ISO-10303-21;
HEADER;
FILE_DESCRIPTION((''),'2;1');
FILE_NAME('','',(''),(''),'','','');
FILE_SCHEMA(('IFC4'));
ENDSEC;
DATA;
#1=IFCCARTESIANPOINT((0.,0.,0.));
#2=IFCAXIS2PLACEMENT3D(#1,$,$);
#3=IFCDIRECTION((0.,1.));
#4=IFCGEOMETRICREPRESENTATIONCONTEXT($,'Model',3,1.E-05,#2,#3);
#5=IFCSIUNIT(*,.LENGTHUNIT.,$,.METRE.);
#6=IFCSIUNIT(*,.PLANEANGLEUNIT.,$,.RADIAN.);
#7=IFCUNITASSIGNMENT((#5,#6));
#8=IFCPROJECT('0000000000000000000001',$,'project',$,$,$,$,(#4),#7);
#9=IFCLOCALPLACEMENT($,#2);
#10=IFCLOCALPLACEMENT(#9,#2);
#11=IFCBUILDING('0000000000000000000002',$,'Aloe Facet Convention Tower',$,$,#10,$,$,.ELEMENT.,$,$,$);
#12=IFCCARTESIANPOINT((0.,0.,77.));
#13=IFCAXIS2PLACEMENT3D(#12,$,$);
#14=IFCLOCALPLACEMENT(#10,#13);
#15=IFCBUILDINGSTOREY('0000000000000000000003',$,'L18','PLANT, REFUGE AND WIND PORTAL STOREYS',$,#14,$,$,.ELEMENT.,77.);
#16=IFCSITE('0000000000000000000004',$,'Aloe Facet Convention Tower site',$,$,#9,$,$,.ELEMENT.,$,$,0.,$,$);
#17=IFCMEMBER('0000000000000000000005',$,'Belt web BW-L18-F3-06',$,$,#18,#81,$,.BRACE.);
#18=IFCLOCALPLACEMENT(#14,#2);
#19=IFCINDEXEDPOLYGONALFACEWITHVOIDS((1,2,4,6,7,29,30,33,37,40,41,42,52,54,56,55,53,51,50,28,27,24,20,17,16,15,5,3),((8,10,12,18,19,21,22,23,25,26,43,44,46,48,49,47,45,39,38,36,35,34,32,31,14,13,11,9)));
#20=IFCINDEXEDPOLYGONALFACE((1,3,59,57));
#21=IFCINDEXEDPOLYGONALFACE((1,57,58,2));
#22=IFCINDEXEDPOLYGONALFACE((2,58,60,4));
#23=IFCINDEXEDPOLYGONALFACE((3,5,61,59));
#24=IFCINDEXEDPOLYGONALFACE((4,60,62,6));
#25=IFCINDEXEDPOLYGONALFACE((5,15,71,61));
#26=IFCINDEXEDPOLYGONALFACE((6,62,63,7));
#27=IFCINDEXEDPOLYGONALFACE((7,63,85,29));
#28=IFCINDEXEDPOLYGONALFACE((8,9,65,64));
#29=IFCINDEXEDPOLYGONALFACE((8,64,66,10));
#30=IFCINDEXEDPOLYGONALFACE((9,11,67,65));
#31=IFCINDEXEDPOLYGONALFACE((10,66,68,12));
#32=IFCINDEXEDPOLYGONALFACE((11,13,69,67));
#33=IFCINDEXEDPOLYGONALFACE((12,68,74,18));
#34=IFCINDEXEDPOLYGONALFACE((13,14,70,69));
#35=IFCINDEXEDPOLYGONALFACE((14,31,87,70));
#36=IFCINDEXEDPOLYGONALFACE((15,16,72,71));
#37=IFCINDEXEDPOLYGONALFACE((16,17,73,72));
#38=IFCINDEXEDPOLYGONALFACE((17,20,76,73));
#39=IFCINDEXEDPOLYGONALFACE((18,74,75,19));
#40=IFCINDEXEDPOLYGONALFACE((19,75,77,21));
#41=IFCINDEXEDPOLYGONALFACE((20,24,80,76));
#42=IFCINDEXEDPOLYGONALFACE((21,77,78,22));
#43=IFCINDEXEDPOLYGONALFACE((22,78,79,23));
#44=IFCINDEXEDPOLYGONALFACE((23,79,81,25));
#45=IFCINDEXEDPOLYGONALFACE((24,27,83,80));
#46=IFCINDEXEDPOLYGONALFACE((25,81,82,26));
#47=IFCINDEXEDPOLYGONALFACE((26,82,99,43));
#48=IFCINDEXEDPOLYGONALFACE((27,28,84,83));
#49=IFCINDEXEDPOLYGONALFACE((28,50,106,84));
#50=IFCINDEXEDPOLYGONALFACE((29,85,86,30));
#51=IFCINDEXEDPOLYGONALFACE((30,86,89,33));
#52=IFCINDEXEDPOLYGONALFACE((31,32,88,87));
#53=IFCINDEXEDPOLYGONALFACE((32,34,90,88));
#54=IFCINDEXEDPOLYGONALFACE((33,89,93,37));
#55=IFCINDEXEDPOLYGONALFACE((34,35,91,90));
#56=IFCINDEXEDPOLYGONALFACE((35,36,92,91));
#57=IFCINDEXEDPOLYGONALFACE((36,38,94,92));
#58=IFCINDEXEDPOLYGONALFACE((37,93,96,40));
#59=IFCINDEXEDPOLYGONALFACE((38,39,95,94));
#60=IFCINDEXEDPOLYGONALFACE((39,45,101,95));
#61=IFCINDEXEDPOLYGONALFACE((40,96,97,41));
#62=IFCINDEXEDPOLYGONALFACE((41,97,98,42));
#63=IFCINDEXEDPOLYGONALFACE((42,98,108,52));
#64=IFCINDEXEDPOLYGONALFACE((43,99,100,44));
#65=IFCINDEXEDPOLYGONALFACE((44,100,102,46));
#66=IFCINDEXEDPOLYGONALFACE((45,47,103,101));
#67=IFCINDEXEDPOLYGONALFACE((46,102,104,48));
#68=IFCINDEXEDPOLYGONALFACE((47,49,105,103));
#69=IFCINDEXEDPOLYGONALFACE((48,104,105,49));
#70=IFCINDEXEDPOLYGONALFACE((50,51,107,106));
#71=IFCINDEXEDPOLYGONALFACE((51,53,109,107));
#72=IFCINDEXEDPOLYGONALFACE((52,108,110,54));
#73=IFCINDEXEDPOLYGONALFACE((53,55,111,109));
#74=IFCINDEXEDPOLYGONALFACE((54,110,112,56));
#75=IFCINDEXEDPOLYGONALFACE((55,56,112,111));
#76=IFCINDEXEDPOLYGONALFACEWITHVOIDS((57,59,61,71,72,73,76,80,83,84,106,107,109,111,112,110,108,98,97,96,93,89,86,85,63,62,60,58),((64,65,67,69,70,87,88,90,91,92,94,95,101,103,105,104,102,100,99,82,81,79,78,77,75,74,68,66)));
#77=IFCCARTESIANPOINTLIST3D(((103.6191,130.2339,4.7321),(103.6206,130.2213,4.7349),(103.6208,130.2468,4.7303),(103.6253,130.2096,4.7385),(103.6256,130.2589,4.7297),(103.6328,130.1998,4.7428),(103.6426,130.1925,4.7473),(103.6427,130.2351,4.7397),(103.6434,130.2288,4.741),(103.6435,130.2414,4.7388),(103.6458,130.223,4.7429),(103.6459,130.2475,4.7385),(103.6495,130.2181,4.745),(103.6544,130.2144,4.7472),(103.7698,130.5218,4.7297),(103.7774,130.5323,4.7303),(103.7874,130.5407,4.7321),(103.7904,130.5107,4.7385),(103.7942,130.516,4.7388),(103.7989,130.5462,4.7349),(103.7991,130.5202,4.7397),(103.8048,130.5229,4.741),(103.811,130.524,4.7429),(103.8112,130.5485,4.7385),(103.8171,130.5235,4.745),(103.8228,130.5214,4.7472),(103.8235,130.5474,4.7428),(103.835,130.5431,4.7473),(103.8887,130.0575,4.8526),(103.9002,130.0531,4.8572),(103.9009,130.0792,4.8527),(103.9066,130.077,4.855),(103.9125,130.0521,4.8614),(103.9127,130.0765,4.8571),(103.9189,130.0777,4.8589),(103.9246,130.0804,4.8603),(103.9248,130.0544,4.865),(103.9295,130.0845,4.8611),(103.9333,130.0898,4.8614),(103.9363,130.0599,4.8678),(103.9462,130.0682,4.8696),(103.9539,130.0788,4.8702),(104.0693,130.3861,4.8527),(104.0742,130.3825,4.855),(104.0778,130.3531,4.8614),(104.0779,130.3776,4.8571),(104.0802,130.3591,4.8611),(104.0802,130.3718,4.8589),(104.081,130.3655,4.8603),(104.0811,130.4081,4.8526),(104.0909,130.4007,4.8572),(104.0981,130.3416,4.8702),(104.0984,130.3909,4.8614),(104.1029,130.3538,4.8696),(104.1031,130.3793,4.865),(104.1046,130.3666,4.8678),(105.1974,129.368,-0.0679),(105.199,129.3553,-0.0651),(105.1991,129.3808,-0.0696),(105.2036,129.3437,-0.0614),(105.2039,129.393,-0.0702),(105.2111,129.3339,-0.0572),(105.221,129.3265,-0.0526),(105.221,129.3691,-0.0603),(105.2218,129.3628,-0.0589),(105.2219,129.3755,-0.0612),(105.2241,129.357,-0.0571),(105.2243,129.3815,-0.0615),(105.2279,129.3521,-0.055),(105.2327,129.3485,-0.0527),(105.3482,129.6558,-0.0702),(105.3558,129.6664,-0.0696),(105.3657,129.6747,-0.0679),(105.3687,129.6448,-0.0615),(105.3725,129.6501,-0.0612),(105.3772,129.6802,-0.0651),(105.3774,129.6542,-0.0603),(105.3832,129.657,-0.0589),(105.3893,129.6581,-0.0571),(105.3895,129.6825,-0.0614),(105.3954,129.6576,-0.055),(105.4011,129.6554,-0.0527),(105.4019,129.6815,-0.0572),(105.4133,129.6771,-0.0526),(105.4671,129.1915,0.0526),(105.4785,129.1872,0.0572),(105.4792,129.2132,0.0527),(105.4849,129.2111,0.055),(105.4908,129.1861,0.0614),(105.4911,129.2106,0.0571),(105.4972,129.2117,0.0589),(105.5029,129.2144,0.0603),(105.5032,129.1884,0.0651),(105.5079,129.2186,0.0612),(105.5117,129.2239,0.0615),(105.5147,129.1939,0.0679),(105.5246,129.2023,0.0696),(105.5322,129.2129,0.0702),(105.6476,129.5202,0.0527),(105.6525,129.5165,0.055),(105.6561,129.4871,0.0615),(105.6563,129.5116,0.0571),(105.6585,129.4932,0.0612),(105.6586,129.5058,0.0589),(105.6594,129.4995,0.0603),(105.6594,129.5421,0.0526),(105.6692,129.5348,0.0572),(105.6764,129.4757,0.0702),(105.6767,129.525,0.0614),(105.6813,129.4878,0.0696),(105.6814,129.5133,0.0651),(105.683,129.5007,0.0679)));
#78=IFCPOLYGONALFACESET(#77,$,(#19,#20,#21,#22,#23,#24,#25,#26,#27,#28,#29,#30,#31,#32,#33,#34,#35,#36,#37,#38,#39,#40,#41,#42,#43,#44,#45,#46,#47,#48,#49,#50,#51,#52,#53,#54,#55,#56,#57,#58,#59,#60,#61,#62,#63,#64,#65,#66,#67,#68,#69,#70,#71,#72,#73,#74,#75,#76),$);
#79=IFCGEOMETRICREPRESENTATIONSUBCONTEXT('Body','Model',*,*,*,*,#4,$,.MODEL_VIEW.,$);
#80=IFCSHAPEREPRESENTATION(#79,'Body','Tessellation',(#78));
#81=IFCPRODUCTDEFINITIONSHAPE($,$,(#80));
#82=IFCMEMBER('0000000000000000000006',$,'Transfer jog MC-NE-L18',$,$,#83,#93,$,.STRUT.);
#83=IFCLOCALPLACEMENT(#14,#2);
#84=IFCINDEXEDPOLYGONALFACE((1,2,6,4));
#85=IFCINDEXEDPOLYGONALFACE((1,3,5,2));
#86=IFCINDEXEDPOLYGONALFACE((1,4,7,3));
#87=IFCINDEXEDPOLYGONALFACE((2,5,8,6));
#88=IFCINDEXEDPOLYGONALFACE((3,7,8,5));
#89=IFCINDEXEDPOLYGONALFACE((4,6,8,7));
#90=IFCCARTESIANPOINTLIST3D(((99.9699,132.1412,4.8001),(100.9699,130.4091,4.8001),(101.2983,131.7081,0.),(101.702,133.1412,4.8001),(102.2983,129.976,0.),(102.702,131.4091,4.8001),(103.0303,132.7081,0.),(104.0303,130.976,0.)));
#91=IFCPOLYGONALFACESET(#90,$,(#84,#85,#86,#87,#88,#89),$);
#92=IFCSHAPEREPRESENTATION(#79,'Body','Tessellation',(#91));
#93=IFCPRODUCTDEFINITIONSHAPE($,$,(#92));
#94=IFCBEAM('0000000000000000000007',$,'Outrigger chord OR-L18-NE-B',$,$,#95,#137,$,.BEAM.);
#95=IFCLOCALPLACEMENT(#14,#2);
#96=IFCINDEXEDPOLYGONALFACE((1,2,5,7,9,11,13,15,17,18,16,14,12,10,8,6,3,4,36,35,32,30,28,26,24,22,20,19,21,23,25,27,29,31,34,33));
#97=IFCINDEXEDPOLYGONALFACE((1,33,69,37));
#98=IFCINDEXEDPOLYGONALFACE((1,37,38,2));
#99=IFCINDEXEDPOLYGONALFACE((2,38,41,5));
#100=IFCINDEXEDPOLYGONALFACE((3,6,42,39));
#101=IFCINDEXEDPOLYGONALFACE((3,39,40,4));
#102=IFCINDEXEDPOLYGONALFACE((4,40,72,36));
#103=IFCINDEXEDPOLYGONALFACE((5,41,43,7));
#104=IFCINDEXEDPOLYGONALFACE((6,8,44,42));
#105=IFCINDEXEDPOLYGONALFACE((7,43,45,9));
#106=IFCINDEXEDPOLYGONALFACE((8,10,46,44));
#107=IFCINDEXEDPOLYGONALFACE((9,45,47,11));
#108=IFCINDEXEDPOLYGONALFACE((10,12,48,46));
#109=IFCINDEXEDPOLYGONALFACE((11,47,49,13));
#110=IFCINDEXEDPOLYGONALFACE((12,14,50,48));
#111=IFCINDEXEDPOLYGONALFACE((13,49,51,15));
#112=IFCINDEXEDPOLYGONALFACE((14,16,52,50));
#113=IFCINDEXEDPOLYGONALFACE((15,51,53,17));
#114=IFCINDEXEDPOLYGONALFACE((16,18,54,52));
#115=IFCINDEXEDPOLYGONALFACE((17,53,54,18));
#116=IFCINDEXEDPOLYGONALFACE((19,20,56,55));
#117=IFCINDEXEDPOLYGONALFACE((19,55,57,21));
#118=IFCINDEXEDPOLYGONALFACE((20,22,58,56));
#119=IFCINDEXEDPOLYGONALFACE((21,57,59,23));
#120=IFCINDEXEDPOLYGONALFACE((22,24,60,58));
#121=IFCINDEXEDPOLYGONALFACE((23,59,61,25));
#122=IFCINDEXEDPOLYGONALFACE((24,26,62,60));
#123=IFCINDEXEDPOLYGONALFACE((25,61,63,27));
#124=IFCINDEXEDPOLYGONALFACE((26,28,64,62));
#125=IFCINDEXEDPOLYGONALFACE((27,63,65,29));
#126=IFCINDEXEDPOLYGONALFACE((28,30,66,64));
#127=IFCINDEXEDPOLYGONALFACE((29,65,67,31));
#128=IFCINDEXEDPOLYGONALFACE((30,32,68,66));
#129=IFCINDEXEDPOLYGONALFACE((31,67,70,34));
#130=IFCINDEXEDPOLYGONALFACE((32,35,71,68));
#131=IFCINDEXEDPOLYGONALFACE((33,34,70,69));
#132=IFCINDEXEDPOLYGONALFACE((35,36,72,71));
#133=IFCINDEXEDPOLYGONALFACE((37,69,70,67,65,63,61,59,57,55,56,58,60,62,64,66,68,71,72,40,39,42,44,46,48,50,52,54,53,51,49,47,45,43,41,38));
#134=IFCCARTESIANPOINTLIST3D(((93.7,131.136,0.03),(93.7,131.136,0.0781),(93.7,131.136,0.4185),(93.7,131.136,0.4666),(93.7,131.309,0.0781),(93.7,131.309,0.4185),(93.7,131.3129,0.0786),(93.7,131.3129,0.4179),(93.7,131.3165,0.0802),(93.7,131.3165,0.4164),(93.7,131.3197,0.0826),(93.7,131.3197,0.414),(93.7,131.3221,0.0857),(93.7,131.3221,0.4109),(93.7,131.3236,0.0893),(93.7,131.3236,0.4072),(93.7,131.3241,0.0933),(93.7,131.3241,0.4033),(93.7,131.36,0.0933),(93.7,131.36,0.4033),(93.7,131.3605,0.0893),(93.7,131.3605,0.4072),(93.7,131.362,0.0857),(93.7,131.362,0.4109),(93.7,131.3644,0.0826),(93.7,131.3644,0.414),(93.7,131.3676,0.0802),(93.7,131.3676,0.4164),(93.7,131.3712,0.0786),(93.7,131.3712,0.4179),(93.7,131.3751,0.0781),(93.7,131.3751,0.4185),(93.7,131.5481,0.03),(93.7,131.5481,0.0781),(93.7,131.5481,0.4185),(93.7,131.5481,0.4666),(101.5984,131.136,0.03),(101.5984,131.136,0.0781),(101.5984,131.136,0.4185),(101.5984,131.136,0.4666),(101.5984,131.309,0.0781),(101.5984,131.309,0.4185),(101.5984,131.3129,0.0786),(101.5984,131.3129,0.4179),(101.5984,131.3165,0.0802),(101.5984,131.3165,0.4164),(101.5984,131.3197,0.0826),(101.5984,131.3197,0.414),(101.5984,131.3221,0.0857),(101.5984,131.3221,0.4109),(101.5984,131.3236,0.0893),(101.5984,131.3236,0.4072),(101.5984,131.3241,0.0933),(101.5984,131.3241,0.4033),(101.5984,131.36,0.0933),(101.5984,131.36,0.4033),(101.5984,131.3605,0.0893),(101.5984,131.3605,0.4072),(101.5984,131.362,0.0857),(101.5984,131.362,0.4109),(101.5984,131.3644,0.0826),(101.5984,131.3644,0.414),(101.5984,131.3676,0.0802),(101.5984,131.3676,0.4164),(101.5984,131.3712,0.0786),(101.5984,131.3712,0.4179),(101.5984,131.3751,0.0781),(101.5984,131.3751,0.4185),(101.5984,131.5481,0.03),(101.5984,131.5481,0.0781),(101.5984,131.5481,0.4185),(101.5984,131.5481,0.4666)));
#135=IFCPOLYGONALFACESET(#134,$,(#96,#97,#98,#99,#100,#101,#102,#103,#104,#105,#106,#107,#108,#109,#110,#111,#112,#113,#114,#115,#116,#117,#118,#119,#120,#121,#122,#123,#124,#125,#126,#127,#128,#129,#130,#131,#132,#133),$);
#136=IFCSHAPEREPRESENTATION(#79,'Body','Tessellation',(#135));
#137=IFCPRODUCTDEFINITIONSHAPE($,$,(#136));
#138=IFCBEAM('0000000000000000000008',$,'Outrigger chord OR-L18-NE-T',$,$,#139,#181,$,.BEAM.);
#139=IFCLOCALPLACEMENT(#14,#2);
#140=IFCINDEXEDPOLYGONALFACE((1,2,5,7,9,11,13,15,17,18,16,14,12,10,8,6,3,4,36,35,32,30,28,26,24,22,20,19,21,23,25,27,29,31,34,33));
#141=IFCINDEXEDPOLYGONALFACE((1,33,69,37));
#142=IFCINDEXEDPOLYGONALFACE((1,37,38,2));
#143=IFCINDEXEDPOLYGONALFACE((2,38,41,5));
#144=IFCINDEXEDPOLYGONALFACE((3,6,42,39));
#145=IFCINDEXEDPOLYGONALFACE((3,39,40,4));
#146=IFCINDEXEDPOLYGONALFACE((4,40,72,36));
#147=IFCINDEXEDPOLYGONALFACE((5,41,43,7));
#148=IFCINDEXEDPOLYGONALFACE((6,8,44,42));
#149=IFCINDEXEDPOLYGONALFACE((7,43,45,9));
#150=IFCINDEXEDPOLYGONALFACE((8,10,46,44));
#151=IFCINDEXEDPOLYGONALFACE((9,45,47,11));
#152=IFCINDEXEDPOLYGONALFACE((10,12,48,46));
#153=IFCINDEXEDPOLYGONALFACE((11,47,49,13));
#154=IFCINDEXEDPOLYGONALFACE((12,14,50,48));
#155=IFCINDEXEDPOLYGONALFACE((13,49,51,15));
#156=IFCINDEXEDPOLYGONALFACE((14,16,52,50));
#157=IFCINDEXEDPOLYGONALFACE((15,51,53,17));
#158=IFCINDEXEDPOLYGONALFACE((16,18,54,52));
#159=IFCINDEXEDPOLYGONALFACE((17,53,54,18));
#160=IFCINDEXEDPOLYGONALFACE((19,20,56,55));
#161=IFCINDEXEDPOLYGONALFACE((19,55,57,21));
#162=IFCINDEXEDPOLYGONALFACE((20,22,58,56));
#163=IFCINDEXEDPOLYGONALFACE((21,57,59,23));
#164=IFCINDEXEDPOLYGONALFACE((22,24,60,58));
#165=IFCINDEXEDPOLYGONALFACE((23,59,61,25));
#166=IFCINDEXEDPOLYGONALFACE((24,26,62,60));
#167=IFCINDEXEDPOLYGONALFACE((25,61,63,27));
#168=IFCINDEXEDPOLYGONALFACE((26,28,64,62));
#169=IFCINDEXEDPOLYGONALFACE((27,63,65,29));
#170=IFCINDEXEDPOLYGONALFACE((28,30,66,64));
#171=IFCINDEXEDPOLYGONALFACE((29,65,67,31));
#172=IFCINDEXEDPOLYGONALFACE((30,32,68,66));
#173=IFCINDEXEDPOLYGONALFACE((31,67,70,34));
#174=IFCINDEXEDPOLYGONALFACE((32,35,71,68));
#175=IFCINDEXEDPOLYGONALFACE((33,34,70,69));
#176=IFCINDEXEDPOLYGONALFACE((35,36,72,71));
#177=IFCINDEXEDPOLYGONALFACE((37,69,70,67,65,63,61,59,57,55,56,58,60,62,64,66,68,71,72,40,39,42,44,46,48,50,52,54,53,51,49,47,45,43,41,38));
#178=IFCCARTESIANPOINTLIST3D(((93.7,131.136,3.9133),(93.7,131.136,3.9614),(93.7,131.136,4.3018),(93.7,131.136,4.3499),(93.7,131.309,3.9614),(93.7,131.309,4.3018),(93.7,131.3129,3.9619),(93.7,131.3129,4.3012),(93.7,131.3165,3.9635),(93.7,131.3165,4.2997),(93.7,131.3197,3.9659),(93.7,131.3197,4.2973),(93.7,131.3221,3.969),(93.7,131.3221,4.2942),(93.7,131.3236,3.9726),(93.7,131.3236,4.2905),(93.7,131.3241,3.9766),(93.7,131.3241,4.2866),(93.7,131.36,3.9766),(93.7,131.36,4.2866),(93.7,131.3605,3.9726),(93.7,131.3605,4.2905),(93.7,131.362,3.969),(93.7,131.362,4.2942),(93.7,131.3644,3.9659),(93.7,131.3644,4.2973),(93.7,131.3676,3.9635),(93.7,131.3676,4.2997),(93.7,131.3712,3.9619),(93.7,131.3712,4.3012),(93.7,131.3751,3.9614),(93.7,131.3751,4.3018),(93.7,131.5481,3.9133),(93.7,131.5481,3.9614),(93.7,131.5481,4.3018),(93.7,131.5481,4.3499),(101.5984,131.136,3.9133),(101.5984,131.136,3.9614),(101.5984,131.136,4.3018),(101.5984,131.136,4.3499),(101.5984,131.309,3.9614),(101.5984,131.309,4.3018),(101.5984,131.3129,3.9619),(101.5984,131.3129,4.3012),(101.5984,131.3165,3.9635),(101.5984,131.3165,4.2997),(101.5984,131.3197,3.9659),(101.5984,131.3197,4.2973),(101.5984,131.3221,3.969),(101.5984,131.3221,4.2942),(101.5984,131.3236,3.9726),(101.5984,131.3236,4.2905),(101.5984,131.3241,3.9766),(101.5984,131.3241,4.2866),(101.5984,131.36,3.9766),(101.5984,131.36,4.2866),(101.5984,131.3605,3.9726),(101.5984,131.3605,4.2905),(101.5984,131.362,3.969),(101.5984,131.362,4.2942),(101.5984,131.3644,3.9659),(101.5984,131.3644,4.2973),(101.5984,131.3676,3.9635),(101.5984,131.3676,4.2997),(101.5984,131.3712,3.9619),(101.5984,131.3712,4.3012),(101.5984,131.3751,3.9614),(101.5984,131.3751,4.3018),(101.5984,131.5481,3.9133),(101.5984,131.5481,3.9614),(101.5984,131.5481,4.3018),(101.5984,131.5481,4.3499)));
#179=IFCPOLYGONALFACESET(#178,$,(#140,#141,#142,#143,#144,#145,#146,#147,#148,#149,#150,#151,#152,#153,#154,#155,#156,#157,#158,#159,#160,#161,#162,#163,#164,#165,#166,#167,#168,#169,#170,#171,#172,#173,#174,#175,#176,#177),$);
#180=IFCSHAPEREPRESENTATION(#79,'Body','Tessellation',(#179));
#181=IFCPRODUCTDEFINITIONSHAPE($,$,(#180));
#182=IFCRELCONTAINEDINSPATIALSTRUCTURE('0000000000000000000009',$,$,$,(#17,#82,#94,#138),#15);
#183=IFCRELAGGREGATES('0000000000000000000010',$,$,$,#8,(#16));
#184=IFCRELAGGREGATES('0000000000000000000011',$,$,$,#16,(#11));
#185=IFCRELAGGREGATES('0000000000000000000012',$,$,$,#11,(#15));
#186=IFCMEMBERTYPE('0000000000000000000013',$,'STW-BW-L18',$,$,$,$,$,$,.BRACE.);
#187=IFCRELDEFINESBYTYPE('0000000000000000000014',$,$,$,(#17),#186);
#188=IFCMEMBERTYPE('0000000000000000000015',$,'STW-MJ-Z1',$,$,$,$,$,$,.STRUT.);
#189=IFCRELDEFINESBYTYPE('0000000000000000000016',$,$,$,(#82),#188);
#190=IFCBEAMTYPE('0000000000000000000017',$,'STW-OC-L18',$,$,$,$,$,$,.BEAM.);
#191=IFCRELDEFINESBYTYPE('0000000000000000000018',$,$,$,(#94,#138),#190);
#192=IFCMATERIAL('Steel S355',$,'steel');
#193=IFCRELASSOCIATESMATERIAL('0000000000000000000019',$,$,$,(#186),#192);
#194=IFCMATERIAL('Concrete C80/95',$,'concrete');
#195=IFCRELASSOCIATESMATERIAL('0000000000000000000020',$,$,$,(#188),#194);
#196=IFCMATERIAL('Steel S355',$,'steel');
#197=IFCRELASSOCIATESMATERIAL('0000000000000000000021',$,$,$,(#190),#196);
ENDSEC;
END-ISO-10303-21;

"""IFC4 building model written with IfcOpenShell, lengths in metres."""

from ifc_helpers import new_model, si_unit, direction, frame, origin, origin_2d, place, context, subcontext, project, spatial, rectangle, hollow_rectangle, i_section, extrude, material, material_profile, profile_set, type_object, element, save


model = new_model("IFC4")

# Units and contexts
model_context = context("Model", 3, precision=1e-05, world=origin(), true_north=direction((0.0, 1.0)))
body_context = subcontext(model_context, "Body", "Model", "MODEL_VIEW")
ifc_project = project(units=[si_unit("LENGTHUNIT", "METRE"), si_unit("PLANEANGLEUNIT", "RADIAN")], contexts=[model_context])

# Site, building, storey
site_placement = place(None, origin())
site = spatial("IfcSite", under=ifc_project, at=site_placement, Name="Aloe Facet Convention Tower site", CompositionType="ELEMENT", RefElevation=0.0)
building_placement = place(site_placement, origin())
building = spatial("IfcBuilding", under=site, at=building_placement, Name="Aloe Facet Convention Tower", CompositionType="ELEMENT")
storey_placement = place(building_placement, frame((0.0, 0.0, 77.0)))
storey = spatial("IfcBuildingStorey", under=building, at=storey_placement, Name="L18", Description="PLANT, REFUGE AND WIND PORTAL STOREYS", CompositionType="ELEMENT", Elevation=77.0)

# Members
ifc_material_1 = material(Name="Steel S355", Category="steel")
ifc_material_profile_1 = material_profile(ifc_material_1, hollow_rectangle(XDim=0.3999, YDim=0.3999, WallThickness=0.0249, InnerFilletRadius=0.0249, OuterFilletRadius=0.05, at=origin_2d()), Name="SHS 400x400x25")
ifc_profile_set_1 = profile_set([ifc_material_profile_1], Name="Steel S355")
member_type_1 = type_object("IfcMemberType", Name="STW-BW-L18", PredefinedType="BRACE", material=ifc_profile_set_1)
member_1_placement = place(storey_placement, frame((105.4402, 129.4343, 0.0), z_axis=(-0.307881, 0.168918, 0.93631), x_axis=(-0.481007, -0.876716, 0.0)))
element("IfcMember", 1, at=member_1_placement, inside=storey, type_object=member_type_1, Name="Belt web BW-L18-F3-06", PredefinedType="BRACE", context=body_context, shape_type="SweptSolid", body=[
    extrude(hollow_rectangle(XDim=0.3999, YDim=0.3999, WallThickness=0.0249, InnerFilletRadius=0.0249, OuterFilletRadius=0.05, at=origin_2d()), origin(), (0.0, 0.0, 1.0), 5.1265),
])
ifc_material_2 = material(Name="Concrete C80/95", Category="concrete")
ifc_material_profile_2 = material_profile(ifc_material_2, rectangle(XDim=2.0, YDim=2.0, at=origin_2d()), Name="STW-MJ-Z1")
ifc_profile_set_2 = profile_set([ifc_material_profile_2], Name="Concrete C80/95")
member_type_2 = type_object("IfcMemberType", Name="STW-MJ-Z1", PredefinedType="STRUT", material=ifc_profile_set_2)
member_2_placement = place(storey_placement, frame((102.6643, 131.342, 0.0), z_axis=(0.0, 0.0, 1.0), x_axis=(-0.5, 0.866025, 0.0)))
element("IfcMember", 2, at=member_2_placement, inside=storey, type_object=member_type_2, Name="Transfer jog MC-NE-L18", PredefinedType="STRUT", context=body_context, shape_type="SweptSolid", body=[
    extrude(rectangle(XDim=2.0, YDim=2.0, at=origin_2d()), origin(), (0.207884, 0.186797, 0.960152), 4.9993),
])

# Beams
ifc_material_3 = material(Name="Steel S355", Category="steel")
ifc_material_profile_3 = material_profile(ifc_material_3, i_section(OverallWidth=0.4121, OverallDepth=0.4365, WebThickness=0.0359, FlangeThickness=0.0481, FilletRadius=0.0151, at=origin_2d()), Name="UC 356x406x467")
ifc_profile_set_3 = profile_set([ifc_material_profile_3], Name="Steel S355")
beam_type_1 = type_object("IfcBeamType", Name="STW-OC-L18", PredefinedType="BEAM", material=ifc_profile_set_3)
for number, where, z_axis, x_axis, name in (
    (3, (93.7, 131.342, 0.2483), (1.0, 0.0, 0.0), (0.0, 1.0, 0.0), "Outrigger chord OR-L18-NE-B"),
    (4, (93.7, 131.342, 4.1316), (1.0, 0.0, 0.0), (0.0, 1.0, 0.0), "Outrigger chord OR-L18-NE-T"),
):
    element("IfcBeam", number, at=place(storey_placement, frame(where, z_axis=z_axis, x_axis=x_axis)), inside=storey, type_object=beam_type_1, Name=name, PredefinedType="BEAM", context=body_context, shape_type="SweptSolid", body=[
        extrude(i_section(OverallWidth=0.4121, OverallDepth=0.4365, WebThickness=0.0359, FlangeThickness=0.0481, FilletRadius=0.0151, at=origin_2d()), origin(), (0.0, 0.0, 1.0), 7.8984),
    ])

save(model, "model.ifc")
